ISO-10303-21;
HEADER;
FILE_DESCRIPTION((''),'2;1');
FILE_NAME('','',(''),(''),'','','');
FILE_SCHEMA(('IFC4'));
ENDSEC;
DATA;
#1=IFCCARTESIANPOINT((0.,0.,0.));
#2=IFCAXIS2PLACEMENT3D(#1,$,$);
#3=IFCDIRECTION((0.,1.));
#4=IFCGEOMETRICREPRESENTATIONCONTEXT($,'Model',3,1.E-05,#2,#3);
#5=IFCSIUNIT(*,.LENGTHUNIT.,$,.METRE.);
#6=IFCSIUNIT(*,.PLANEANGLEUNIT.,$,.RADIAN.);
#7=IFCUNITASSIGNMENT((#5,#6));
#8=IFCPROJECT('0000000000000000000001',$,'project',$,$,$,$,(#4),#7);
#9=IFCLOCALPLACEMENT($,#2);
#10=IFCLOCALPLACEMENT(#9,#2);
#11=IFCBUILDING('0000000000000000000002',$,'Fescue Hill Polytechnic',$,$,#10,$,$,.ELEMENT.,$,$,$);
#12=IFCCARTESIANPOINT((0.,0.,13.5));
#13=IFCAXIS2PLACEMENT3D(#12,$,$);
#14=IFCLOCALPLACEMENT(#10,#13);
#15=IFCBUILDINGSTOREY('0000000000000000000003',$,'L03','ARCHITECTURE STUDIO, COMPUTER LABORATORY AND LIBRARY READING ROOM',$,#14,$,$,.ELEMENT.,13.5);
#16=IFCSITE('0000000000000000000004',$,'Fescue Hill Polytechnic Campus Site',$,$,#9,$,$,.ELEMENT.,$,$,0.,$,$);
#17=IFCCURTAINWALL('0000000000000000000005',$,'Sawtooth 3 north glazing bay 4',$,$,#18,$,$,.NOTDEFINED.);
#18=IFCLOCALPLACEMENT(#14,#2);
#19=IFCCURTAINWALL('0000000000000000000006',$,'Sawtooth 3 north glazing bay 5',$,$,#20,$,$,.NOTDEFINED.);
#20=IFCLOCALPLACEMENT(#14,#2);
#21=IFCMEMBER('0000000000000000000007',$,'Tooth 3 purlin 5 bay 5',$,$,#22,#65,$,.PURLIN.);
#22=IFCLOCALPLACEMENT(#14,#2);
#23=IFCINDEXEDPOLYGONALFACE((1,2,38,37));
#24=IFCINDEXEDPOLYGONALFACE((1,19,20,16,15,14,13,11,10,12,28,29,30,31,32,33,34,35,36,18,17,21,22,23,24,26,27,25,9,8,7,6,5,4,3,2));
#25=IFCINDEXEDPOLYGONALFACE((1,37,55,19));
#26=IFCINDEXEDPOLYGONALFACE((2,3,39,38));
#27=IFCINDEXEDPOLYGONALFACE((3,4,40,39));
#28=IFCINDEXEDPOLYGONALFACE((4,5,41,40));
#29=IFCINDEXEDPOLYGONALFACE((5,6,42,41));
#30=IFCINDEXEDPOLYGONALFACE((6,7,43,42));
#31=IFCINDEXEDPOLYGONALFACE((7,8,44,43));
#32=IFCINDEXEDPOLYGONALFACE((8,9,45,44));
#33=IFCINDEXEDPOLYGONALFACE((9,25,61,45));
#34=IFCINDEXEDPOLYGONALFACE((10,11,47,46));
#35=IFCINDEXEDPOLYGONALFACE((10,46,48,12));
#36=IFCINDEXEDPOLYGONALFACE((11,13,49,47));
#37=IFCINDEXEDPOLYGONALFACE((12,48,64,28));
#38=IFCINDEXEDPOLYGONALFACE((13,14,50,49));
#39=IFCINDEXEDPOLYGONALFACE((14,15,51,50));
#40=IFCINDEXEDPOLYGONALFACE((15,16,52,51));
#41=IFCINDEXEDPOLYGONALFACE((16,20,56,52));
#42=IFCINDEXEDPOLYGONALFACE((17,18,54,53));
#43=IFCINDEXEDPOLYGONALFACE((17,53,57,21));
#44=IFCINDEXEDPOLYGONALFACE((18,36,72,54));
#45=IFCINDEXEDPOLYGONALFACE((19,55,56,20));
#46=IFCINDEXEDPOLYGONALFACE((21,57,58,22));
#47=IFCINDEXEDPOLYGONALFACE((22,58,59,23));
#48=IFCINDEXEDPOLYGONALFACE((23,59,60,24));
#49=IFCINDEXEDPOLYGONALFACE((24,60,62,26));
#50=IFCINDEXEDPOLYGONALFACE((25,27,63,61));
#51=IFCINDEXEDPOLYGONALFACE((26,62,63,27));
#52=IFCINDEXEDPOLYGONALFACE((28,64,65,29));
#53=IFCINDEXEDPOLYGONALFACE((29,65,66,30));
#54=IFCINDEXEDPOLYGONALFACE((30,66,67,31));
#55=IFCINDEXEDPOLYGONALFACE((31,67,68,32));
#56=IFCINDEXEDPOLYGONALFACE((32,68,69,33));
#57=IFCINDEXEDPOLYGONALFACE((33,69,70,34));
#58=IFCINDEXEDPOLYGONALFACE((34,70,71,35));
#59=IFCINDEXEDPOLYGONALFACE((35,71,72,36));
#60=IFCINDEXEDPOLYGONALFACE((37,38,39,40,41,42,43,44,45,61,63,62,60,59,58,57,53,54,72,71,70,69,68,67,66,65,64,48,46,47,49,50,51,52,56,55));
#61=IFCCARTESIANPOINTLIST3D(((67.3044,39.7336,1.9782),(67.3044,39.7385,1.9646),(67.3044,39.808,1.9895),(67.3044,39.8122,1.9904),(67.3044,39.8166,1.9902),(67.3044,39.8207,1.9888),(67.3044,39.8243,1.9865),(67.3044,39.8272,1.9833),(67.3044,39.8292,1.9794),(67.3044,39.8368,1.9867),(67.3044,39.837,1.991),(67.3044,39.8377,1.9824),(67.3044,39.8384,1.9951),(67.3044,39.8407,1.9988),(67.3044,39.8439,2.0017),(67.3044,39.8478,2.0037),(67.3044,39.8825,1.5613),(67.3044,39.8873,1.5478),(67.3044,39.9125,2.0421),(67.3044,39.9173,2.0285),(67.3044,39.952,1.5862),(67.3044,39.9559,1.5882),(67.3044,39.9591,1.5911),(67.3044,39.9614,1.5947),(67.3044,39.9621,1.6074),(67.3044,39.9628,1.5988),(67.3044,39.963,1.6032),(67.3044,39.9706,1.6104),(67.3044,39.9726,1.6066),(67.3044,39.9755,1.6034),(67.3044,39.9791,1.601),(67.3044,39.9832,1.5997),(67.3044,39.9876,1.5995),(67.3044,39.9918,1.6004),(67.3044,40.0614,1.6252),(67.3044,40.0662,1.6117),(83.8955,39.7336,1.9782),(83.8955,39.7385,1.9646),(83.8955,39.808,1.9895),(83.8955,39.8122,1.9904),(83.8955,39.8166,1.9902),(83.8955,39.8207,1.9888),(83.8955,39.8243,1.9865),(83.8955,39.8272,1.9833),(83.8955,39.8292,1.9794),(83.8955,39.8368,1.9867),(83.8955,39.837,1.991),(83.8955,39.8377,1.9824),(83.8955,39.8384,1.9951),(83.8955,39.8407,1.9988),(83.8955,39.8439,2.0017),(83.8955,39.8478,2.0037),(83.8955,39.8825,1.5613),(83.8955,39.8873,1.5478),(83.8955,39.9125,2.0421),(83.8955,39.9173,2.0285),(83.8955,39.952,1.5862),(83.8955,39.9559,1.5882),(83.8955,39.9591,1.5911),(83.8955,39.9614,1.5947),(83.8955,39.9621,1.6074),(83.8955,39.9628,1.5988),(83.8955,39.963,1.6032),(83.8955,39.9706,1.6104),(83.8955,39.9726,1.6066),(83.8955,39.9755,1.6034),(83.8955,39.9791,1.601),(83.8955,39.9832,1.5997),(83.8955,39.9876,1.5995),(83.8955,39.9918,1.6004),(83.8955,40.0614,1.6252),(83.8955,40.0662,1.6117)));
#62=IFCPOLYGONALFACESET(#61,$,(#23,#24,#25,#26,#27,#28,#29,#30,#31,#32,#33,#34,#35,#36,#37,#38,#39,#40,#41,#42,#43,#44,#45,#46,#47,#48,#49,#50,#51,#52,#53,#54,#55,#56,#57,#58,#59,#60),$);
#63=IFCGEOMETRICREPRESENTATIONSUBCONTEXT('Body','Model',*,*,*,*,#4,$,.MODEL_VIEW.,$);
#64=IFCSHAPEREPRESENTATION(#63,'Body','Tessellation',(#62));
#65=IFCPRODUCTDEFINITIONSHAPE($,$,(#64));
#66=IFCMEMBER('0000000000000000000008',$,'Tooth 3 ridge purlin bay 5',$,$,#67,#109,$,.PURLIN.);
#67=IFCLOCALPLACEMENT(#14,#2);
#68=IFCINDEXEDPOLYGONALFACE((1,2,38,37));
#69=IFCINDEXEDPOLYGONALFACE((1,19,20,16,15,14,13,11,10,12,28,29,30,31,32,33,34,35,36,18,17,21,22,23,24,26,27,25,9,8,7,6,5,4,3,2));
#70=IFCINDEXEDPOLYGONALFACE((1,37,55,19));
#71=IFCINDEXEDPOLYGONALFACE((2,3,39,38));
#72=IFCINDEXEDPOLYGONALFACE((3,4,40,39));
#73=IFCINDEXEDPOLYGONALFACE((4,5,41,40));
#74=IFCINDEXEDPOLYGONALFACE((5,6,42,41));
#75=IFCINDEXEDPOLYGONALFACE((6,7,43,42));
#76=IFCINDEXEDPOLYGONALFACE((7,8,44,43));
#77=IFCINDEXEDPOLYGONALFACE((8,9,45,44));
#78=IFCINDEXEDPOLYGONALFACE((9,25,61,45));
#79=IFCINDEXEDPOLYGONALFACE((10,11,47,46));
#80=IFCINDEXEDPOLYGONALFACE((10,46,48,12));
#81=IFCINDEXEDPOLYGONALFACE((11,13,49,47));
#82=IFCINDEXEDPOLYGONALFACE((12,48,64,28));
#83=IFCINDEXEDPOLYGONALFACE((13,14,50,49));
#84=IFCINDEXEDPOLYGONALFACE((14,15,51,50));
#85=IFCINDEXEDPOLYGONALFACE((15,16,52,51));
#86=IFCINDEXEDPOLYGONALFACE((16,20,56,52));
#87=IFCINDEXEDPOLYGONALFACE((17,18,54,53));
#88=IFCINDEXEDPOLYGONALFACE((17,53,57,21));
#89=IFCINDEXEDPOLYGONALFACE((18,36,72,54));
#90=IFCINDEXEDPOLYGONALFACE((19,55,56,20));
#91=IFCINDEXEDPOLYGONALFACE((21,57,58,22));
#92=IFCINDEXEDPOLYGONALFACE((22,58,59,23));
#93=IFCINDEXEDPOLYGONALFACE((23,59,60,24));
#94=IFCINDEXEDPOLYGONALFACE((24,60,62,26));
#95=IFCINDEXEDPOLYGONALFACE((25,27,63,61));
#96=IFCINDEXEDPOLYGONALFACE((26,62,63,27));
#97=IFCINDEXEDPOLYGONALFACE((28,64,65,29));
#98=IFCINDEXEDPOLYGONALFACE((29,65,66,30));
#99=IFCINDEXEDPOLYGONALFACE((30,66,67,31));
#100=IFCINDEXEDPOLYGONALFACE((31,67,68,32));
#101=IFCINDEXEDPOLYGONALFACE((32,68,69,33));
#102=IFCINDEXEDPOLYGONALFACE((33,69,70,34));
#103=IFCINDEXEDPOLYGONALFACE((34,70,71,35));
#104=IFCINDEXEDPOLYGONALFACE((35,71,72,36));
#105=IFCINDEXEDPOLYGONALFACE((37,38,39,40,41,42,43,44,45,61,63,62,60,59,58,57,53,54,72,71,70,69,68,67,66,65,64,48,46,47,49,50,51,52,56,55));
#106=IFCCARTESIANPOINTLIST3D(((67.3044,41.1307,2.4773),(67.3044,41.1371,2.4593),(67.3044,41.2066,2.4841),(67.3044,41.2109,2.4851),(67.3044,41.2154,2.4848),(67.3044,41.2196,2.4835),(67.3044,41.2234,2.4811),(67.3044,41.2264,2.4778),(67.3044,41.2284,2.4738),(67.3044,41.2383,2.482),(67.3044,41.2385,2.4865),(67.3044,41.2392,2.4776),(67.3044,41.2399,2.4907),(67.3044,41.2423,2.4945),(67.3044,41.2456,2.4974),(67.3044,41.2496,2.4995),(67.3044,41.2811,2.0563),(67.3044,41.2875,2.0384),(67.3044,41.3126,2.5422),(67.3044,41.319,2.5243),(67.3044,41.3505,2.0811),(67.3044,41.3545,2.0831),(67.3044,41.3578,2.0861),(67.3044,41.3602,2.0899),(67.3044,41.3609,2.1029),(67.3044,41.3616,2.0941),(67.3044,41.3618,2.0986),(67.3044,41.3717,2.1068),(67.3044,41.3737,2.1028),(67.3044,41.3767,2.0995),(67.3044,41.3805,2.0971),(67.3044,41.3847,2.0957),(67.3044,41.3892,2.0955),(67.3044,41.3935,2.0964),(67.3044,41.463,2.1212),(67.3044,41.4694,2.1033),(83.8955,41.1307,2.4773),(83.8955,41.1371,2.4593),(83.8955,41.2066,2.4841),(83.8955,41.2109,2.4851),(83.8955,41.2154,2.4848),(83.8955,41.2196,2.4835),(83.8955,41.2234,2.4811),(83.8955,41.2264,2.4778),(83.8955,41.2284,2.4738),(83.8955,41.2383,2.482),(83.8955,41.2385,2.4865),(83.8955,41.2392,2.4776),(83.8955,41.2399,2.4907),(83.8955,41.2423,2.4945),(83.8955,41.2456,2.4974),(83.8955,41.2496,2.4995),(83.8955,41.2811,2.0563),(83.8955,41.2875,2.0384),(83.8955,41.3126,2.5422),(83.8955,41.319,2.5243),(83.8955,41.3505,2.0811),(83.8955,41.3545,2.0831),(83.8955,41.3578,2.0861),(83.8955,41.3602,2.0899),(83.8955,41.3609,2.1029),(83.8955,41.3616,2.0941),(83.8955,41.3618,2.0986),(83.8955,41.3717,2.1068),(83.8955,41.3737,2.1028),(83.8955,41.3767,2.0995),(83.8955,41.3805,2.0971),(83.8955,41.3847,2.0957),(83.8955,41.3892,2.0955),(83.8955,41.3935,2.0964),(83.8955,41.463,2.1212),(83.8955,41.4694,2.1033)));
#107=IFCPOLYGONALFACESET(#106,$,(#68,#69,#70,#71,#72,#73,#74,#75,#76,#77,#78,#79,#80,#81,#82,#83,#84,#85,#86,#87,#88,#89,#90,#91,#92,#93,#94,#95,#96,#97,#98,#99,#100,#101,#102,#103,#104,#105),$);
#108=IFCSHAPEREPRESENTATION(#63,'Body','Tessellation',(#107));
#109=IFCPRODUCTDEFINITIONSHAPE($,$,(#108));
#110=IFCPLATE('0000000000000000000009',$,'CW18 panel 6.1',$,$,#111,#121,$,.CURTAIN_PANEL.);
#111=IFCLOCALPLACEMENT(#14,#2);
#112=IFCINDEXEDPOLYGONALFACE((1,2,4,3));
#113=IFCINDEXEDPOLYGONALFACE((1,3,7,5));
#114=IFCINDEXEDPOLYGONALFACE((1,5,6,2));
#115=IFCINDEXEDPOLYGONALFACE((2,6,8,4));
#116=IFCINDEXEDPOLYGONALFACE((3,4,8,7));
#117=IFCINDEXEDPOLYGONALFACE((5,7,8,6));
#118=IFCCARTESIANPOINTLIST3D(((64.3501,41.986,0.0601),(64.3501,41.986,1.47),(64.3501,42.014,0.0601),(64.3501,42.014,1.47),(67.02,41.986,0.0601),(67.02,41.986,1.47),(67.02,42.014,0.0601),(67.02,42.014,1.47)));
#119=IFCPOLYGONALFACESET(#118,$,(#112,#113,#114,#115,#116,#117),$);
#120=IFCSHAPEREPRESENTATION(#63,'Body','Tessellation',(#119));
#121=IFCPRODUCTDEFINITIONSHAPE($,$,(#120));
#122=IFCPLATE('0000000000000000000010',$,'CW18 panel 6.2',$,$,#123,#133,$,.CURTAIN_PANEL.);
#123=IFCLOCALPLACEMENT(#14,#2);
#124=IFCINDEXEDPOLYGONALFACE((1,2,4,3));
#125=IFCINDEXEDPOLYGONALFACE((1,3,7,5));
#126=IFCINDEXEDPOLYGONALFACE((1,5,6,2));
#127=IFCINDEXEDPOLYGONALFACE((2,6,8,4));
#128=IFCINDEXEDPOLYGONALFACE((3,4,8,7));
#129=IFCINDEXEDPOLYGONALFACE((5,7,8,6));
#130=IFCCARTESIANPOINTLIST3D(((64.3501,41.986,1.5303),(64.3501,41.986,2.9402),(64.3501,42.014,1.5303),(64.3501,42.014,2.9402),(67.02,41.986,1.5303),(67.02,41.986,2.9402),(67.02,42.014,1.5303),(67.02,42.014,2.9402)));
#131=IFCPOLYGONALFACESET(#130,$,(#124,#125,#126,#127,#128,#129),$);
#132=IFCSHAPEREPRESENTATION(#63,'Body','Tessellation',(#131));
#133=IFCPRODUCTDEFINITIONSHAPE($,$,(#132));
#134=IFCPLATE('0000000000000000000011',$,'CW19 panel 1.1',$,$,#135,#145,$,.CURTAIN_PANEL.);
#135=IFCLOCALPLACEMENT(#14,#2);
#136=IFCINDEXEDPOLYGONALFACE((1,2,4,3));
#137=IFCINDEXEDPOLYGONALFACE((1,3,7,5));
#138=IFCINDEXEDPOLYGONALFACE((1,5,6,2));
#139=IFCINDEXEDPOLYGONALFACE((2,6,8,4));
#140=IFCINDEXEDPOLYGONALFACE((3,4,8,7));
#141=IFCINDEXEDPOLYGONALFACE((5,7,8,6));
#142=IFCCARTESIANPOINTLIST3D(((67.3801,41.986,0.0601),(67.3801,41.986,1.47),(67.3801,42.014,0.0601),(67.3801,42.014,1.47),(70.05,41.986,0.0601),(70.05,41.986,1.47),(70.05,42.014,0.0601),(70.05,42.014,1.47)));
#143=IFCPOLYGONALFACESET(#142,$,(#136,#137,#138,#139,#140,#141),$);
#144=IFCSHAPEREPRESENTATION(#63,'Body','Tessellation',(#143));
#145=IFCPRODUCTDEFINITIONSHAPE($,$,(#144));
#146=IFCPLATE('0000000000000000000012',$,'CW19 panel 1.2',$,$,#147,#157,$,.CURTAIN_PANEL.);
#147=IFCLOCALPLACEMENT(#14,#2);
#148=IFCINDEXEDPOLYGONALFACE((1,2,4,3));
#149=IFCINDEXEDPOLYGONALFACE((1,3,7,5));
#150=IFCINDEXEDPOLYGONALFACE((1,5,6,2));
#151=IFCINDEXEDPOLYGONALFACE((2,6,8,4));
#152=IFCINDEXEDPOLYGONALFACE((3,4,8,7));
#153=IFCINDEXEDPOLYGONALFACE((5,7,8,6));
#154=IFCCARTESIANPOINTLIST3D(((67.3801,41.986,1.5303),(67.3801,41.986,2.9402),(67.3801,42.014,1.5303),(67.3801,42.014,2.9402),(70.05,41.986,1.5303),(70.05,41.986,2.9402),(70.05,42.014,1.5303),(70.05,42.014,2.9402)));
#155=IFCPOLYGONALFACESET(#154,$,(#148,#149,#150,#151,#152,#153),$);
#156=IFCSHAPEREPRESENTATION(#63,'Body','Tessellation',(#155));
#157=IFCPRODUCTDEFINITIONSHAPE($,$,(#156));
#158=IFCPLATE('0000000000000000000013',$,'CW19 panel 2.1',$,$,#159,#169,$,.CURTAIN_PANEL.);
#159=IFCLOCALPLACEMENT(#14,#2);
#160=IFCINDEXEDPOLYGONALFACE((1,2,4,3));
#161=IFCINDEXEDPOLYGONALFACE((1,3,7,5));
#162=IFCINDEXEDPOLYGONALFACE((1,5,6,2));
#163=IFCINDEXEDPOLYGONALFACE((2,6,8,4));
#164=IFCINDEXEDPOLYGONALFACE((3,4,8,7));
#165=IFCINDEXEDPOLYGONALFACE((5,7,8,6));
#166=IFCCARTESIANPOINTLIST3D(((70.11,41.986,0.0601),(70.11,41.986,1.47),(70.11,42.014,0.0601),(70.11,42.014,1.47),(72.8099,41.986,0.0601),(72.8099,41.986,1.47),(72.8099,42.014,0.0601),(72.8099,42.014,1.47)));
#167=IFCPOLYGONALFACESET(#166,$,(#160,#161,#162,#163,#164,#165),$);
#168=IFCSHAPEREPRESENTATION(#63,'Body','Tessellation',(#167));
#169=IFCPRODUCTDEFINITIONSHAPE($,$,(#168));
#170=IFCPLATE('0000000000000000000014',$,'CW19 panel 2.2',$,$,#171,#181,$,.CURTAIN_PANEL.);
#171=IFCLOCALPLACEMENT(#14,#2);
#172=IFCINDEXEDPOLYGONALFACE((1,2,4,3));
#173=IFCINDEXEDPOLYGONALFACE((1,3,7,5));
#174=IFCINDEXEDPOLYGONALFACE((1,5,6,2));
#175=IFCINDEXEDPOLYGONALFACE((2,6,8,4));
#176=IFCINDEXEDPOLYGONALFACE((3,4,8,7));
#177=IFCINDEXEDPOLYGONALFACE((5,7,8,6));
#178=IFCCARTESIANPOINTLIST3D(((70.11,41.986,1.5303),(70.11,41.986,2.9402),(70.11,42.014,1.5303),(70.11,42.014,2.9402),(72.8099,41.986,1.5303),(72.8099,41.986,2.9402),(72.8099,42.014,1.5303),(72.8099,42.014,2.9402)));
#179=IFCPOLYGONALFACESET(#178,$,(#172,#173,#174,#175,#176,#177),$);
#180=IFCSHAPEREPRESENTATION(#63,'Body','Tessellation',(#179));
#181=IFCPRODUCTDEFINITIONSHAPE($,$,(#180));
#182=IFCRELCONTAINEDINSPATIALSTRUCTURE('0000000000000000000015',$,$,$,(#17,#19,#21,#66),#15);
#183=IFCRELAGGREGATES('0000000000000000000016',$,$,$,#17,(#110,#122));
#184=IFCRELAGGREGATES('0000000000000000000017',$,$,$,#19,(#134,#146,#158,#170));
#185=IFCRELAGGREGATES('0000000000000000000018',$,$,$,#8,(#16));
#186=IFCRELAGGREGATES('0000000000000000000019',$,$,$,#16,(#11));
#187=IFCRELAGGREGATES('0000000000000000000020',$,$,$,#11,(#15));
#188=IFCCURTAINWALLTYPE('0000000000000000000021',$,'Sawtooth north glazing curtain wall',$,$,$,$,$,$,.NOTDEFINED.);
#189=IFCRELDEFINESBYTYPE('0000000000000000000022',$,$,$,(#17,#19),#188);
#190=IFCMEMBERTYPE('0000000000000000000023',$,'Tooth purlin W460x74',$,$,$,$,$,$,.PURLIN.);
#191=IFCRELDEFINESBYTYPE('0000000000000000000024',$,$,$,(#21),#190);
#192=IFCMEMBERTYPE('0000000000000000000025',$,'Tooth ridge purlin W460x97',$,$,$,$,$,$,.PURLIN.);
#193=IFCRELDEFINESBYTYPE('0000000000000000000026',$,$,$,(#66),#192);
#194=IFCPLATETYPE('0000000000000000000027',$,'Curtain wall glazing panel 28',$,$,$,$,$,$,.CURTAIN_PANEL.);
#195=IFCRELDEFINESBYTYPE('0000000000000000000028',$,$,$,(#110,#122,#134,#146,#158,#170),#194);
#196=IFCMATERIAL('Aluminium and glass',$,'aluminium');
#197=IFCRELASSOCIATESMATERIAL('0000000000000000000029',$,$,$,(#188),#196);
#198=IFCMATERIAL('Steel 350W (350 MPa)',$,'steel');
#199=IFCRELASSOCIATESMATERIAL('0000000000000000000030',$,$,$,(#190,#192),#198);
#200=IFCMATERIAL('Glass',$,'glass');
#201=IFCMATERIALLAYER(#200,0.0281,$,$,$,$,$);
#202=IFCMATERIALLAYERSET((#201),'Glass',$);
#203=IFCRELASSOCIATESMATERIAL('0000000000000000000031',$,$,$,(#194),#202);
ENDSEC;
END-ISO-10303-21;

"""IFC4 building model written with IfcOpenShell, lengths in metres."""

from ifc_helpers import new_model, si_unit, direction, frame, origin, origin_2d, place, context, subcontext, project, spatial, rectangle, i_section, extrude, material, layer, layer_set, material_profile, profile_set, type_object, element, aggregate, save


model = new_model("IFC4")

# Units and contexts
model_context = context("Model", 3, precision=1e-05, world=origin(), true_north=direction((0.0, 1.0)))
body_context = subcontext(model_context, "Body", "Model", "MODEL_VIEW")
ifc_project = project(units=[si_unit("LENGTHUNIT", "METRE"), si_unit("PLANEANGLEUNIT", "RADIAN")], contexts=[model_context])

# Site, building, storey
site_placement = place(None, origin())
site = spatial("IfcSite", under=ifc_project, at=site_placement, Name="Fescue Hill Polytechnic Campus Site", CompositionType="ELEMENT", RefElevation=0.0)
building_placement = place(site_placement, origin())
building = spatial("IfcBuilding", under=site, at=building_placement, Name="Fescue Hill Polytechnic", CompositionType="ELEMENT")
storey_placement = place(building_placement, frame((0.0, 0.0, 13.5)))
storey = spatial("IfcBuildingStorey", under=building, at=storey_placement, Name="L03", Description="ARCHITECTURE STUDIO, COMPUTER LABORATORY AND LIBRARY READING ROOM", CompositionType="ELEMENT", Elevation=13.5)

# Curtain wall
ifc_material_1 = material(Name="Aluminium and glass", Category="aluminium")
curtain_wall_type = type_object("IfcCurtainWallType", Name="Sawtooth north glazing curtain wall", PredefinedType="NOTDEFINED", material=ifc_material_1)
curtain_wall_1_placement = place(storey_placement, origin())
curtain_wall_1 = element("IfcCurtainWall", 1, at=curtain_wall_1_placement, inside=storey, type_object=curtain_wall_type, Name="Sawtooth 3 north glazing bay 4", PredefinedType="NOTDEFINED")

# Curtain wall
curtain_wall_2_placement = place(storey_placement, origin())
curtain_wall_2 = element("IfcCurtainWall", 2, at=curtain_wall_2_placement, inside=storey, type_object=curtain_wall_type, Name="Sawtooth 3 north glazing bay 5", PredefinedType="NOTDEFINED")

# Members
ifc_material_2 = material(Name="Steel 350W (350 MPa)", Category="steel")
ifc_material_profile_1 = material_profile(ifc_material_2, i_section(OverallWidth=0.1899, OverallDepth=0.457, WebThickness=0.009, FlangeThickness=0.0144, FilletRadius=0.0166, at=origin_2d()), Name="W460x74")
ifc_profile_set_1 = profile_set([ifc_material_profile_1], Name="Steel 350W (350 MPa)")
member_type_1 = type_object("IfcMemberType", Name="Tooth purlin W460x74", PredefinedType="PURLIN", material=ifc_profile_set_1)
member_1_placement = place(storey_placement, frame((67.3044, 39.8999, 1.7949), z_axis=(1.0, 0.0, 0.0), x_axis=(0.0, 0.941742, 0.336336)))
element("IfcMember", 3, at=member_1_placement, inside=storey, type_object=member_type_1, Name="Tooth 3 purlin 5 bay 5", PredefinedType="PURLIN", context=body_context, shape_type="SweptSolid", body=[
    extrude(i_section(OverallWidth=0.1899, OverallDepth=0.457, WebThickness=0.009, FlangeThickness=0.0144, FilletRadius=0.0166, at=origin_2d()), origin(), (0.0, 0.0, 1.0), 16.5911),
])
ifc_material_profile_2 = material_profile(ifc_material_2, i_section(OverallWidth=0.1931, OverallDepth=0.4661, WebThickness=0.0115, FlangeThickness=0.019, FilletRadius=0.0171, at=origin_2d()), Name="W460x97")
ifc_profile_set_2 = profile_set([ifc_material_profile_2], Name="Steel 350W (350 MPa)")
member_type_2 = type_object("IfcMemberType", Name="Tooth ridge purlin W460x97", PredefinedType="PURLIN", material=ifc_profile_set_2)
member_2_placement = place(storey_placement, frame((67.3044, 41.3, 2.2903), z_axis=(1.0, 0.0, 0.0), x_axis=(0.0, 0.941742, 0.336336)))
element("IfcMember", 4, at=member_2_placement, inside=storey, type_object=member_type_2, Name="Tooth 3 ridge purlin bay 5", PredefinedType="PURLIN", context=body_context, shape_type="SweptSolid", body=[
    extrude(i_section(OverallWidth=0.1931, OverallDepth=0.4661, WebThickness=0.0115, FlangeThickness=0.019, FilletRadius=0.0171, at=origin_2d()), origin(), (0.0, 0.0, 1.0), 16.5911),
])

# Plates
ifc_material_3 = material(Name="Glass", Category="glass")
ifc_layer = layer(ifc_material_3, 0.0281)
ifc_layer_set = layer_set([ifc_layer], Name="Glass")
plate_type = type_object("IfcPlateType", Name="Curtain wall glazing panel 28", PredefinedType="CURTAIN_PANEL", material=ifc_layer_set)
plate_1_placement = place(storey_placement, frame((65.6851, 42.0, 0.0601), z_axis=(0.0, 0.0, 1.0), x_axis=(1.0, 0.0, 0.0)))
plate_1 = element("IfcPlate", 5, at=plate_1_placement, type_object=plate_type, Name="CW18 panel 6.1", PredefinedType="CURTAIN_PANEL", context=body_context, shape_type="SweptSolid", body=[
    extrude(rectangle(XDim=2.6699, YDim=0.0281, at=origin_2d()), origin(), (0.0, 0.0, 1.0), 1.4099),
])
plate_2_placement = place(storey_placement, frame((65.6851, 42.0, 1.5303), z_axis=(0.0, 0.0, 1.0), x_axis=(1.0, 0.0, 0.0)))
plate_2 = element("IfcPlate", 6, at=plate_2_placement, type_object=plate_type, Name="CW18 panel 6.2", PredefinedType="CURTAIN_PANEL", context=body_context, shape_type="SweptSolid", body=[
    extrude(rectangle(XDim=2.6699, YDim=0.0281, at=origin_2d()), origin(), (0.0, 0.0, 1.0), 1.4099),
])
aggregate(curtain_wall_1, [plate_1, plate_2])
plate_3_placement = place(storey_placement, frame((68.7151, 42.0, 0.0601), z_axis=(0.0, 0.0, 1.0), x_axis=(1.0, 0.0, 0.0)))
plate_3 = element("IfcPlate", 7, at=plate_3_placement, type_object=plate_type, Name="CW19 panel 1.1", PredefinedType="CURTAIN_PANEL", context=body_context, shape_type="SweptSolid", body=[
    extrude(rectangle(XDim=2.6699, YDim=0.0281, at=origin_2d()), origin(), (0.0, 0.0, 1.0), 1.4099),
])
plate_4_placement = place(storey_placement, frame((68.7151, 42.0, 1.5303), z_axis=(0.0, 0.0, 1.0), x_axis=(1.0, 0.0, 0.0)))
plate_4 = element("IfcPlate", 8, at=plate_4_placement, type_object=plate_type, Name="CW19 panel 1.2", PredefinedType="CURTAIN_PANEL", context=body_context, shape_type="SweptSolid", body=[
    extrude(rectangle(XDim=2.6699, YDim=0.0281, at=origin_2d()), origin(), (0.0, 0.0, 1.0), 1.4099),
])
plate_5_placement = place(storey_placement, frame((71.46, 42.0, 0.0601), z_axis=(0.0, 0.0, 1.0), x_axis=(1.0, 0.0, 0.0)))
plate_5 = element("IfcPlate", 9, at=plate_5_placement, type_object=plate_type, Name="CW19 panel 2.1", PredefinedType="CURTAIN_PANEL", context=body_context, shape_type="SweptSolid", body=[
    extrude(rectangle(XDim=2.7, YDim=0.0281, at=origin_2d()), origin(), (0.0, 0.0, 1.0), 1.4099),
])
plate_6_placement = place(storey_placement, frame((71.46, 42.0, 1.5303), z_axis=(0.0, 0.0, 1.0), x_axis=(1.0, 0.0, 0.0)))
plate_6 = element("IfcPlate", 10, at=plate_6_placement, type_object=plate_type, Name="CW19 panel 2.2", PredefinedType="CURTAIN_PANEL", context=body_context, shape_type="SweptSolid", body=[
    extrude(rectangle(XDim=2.7, YDim=0.0281, at=origin_2d()), origin(), (0.0, 0.0, 1.0), 1.4099),
])
aggregate(curtain_wall_2, [plate_3, plate_4, plate_5, plate_6])

save(model, "model.ifc")
